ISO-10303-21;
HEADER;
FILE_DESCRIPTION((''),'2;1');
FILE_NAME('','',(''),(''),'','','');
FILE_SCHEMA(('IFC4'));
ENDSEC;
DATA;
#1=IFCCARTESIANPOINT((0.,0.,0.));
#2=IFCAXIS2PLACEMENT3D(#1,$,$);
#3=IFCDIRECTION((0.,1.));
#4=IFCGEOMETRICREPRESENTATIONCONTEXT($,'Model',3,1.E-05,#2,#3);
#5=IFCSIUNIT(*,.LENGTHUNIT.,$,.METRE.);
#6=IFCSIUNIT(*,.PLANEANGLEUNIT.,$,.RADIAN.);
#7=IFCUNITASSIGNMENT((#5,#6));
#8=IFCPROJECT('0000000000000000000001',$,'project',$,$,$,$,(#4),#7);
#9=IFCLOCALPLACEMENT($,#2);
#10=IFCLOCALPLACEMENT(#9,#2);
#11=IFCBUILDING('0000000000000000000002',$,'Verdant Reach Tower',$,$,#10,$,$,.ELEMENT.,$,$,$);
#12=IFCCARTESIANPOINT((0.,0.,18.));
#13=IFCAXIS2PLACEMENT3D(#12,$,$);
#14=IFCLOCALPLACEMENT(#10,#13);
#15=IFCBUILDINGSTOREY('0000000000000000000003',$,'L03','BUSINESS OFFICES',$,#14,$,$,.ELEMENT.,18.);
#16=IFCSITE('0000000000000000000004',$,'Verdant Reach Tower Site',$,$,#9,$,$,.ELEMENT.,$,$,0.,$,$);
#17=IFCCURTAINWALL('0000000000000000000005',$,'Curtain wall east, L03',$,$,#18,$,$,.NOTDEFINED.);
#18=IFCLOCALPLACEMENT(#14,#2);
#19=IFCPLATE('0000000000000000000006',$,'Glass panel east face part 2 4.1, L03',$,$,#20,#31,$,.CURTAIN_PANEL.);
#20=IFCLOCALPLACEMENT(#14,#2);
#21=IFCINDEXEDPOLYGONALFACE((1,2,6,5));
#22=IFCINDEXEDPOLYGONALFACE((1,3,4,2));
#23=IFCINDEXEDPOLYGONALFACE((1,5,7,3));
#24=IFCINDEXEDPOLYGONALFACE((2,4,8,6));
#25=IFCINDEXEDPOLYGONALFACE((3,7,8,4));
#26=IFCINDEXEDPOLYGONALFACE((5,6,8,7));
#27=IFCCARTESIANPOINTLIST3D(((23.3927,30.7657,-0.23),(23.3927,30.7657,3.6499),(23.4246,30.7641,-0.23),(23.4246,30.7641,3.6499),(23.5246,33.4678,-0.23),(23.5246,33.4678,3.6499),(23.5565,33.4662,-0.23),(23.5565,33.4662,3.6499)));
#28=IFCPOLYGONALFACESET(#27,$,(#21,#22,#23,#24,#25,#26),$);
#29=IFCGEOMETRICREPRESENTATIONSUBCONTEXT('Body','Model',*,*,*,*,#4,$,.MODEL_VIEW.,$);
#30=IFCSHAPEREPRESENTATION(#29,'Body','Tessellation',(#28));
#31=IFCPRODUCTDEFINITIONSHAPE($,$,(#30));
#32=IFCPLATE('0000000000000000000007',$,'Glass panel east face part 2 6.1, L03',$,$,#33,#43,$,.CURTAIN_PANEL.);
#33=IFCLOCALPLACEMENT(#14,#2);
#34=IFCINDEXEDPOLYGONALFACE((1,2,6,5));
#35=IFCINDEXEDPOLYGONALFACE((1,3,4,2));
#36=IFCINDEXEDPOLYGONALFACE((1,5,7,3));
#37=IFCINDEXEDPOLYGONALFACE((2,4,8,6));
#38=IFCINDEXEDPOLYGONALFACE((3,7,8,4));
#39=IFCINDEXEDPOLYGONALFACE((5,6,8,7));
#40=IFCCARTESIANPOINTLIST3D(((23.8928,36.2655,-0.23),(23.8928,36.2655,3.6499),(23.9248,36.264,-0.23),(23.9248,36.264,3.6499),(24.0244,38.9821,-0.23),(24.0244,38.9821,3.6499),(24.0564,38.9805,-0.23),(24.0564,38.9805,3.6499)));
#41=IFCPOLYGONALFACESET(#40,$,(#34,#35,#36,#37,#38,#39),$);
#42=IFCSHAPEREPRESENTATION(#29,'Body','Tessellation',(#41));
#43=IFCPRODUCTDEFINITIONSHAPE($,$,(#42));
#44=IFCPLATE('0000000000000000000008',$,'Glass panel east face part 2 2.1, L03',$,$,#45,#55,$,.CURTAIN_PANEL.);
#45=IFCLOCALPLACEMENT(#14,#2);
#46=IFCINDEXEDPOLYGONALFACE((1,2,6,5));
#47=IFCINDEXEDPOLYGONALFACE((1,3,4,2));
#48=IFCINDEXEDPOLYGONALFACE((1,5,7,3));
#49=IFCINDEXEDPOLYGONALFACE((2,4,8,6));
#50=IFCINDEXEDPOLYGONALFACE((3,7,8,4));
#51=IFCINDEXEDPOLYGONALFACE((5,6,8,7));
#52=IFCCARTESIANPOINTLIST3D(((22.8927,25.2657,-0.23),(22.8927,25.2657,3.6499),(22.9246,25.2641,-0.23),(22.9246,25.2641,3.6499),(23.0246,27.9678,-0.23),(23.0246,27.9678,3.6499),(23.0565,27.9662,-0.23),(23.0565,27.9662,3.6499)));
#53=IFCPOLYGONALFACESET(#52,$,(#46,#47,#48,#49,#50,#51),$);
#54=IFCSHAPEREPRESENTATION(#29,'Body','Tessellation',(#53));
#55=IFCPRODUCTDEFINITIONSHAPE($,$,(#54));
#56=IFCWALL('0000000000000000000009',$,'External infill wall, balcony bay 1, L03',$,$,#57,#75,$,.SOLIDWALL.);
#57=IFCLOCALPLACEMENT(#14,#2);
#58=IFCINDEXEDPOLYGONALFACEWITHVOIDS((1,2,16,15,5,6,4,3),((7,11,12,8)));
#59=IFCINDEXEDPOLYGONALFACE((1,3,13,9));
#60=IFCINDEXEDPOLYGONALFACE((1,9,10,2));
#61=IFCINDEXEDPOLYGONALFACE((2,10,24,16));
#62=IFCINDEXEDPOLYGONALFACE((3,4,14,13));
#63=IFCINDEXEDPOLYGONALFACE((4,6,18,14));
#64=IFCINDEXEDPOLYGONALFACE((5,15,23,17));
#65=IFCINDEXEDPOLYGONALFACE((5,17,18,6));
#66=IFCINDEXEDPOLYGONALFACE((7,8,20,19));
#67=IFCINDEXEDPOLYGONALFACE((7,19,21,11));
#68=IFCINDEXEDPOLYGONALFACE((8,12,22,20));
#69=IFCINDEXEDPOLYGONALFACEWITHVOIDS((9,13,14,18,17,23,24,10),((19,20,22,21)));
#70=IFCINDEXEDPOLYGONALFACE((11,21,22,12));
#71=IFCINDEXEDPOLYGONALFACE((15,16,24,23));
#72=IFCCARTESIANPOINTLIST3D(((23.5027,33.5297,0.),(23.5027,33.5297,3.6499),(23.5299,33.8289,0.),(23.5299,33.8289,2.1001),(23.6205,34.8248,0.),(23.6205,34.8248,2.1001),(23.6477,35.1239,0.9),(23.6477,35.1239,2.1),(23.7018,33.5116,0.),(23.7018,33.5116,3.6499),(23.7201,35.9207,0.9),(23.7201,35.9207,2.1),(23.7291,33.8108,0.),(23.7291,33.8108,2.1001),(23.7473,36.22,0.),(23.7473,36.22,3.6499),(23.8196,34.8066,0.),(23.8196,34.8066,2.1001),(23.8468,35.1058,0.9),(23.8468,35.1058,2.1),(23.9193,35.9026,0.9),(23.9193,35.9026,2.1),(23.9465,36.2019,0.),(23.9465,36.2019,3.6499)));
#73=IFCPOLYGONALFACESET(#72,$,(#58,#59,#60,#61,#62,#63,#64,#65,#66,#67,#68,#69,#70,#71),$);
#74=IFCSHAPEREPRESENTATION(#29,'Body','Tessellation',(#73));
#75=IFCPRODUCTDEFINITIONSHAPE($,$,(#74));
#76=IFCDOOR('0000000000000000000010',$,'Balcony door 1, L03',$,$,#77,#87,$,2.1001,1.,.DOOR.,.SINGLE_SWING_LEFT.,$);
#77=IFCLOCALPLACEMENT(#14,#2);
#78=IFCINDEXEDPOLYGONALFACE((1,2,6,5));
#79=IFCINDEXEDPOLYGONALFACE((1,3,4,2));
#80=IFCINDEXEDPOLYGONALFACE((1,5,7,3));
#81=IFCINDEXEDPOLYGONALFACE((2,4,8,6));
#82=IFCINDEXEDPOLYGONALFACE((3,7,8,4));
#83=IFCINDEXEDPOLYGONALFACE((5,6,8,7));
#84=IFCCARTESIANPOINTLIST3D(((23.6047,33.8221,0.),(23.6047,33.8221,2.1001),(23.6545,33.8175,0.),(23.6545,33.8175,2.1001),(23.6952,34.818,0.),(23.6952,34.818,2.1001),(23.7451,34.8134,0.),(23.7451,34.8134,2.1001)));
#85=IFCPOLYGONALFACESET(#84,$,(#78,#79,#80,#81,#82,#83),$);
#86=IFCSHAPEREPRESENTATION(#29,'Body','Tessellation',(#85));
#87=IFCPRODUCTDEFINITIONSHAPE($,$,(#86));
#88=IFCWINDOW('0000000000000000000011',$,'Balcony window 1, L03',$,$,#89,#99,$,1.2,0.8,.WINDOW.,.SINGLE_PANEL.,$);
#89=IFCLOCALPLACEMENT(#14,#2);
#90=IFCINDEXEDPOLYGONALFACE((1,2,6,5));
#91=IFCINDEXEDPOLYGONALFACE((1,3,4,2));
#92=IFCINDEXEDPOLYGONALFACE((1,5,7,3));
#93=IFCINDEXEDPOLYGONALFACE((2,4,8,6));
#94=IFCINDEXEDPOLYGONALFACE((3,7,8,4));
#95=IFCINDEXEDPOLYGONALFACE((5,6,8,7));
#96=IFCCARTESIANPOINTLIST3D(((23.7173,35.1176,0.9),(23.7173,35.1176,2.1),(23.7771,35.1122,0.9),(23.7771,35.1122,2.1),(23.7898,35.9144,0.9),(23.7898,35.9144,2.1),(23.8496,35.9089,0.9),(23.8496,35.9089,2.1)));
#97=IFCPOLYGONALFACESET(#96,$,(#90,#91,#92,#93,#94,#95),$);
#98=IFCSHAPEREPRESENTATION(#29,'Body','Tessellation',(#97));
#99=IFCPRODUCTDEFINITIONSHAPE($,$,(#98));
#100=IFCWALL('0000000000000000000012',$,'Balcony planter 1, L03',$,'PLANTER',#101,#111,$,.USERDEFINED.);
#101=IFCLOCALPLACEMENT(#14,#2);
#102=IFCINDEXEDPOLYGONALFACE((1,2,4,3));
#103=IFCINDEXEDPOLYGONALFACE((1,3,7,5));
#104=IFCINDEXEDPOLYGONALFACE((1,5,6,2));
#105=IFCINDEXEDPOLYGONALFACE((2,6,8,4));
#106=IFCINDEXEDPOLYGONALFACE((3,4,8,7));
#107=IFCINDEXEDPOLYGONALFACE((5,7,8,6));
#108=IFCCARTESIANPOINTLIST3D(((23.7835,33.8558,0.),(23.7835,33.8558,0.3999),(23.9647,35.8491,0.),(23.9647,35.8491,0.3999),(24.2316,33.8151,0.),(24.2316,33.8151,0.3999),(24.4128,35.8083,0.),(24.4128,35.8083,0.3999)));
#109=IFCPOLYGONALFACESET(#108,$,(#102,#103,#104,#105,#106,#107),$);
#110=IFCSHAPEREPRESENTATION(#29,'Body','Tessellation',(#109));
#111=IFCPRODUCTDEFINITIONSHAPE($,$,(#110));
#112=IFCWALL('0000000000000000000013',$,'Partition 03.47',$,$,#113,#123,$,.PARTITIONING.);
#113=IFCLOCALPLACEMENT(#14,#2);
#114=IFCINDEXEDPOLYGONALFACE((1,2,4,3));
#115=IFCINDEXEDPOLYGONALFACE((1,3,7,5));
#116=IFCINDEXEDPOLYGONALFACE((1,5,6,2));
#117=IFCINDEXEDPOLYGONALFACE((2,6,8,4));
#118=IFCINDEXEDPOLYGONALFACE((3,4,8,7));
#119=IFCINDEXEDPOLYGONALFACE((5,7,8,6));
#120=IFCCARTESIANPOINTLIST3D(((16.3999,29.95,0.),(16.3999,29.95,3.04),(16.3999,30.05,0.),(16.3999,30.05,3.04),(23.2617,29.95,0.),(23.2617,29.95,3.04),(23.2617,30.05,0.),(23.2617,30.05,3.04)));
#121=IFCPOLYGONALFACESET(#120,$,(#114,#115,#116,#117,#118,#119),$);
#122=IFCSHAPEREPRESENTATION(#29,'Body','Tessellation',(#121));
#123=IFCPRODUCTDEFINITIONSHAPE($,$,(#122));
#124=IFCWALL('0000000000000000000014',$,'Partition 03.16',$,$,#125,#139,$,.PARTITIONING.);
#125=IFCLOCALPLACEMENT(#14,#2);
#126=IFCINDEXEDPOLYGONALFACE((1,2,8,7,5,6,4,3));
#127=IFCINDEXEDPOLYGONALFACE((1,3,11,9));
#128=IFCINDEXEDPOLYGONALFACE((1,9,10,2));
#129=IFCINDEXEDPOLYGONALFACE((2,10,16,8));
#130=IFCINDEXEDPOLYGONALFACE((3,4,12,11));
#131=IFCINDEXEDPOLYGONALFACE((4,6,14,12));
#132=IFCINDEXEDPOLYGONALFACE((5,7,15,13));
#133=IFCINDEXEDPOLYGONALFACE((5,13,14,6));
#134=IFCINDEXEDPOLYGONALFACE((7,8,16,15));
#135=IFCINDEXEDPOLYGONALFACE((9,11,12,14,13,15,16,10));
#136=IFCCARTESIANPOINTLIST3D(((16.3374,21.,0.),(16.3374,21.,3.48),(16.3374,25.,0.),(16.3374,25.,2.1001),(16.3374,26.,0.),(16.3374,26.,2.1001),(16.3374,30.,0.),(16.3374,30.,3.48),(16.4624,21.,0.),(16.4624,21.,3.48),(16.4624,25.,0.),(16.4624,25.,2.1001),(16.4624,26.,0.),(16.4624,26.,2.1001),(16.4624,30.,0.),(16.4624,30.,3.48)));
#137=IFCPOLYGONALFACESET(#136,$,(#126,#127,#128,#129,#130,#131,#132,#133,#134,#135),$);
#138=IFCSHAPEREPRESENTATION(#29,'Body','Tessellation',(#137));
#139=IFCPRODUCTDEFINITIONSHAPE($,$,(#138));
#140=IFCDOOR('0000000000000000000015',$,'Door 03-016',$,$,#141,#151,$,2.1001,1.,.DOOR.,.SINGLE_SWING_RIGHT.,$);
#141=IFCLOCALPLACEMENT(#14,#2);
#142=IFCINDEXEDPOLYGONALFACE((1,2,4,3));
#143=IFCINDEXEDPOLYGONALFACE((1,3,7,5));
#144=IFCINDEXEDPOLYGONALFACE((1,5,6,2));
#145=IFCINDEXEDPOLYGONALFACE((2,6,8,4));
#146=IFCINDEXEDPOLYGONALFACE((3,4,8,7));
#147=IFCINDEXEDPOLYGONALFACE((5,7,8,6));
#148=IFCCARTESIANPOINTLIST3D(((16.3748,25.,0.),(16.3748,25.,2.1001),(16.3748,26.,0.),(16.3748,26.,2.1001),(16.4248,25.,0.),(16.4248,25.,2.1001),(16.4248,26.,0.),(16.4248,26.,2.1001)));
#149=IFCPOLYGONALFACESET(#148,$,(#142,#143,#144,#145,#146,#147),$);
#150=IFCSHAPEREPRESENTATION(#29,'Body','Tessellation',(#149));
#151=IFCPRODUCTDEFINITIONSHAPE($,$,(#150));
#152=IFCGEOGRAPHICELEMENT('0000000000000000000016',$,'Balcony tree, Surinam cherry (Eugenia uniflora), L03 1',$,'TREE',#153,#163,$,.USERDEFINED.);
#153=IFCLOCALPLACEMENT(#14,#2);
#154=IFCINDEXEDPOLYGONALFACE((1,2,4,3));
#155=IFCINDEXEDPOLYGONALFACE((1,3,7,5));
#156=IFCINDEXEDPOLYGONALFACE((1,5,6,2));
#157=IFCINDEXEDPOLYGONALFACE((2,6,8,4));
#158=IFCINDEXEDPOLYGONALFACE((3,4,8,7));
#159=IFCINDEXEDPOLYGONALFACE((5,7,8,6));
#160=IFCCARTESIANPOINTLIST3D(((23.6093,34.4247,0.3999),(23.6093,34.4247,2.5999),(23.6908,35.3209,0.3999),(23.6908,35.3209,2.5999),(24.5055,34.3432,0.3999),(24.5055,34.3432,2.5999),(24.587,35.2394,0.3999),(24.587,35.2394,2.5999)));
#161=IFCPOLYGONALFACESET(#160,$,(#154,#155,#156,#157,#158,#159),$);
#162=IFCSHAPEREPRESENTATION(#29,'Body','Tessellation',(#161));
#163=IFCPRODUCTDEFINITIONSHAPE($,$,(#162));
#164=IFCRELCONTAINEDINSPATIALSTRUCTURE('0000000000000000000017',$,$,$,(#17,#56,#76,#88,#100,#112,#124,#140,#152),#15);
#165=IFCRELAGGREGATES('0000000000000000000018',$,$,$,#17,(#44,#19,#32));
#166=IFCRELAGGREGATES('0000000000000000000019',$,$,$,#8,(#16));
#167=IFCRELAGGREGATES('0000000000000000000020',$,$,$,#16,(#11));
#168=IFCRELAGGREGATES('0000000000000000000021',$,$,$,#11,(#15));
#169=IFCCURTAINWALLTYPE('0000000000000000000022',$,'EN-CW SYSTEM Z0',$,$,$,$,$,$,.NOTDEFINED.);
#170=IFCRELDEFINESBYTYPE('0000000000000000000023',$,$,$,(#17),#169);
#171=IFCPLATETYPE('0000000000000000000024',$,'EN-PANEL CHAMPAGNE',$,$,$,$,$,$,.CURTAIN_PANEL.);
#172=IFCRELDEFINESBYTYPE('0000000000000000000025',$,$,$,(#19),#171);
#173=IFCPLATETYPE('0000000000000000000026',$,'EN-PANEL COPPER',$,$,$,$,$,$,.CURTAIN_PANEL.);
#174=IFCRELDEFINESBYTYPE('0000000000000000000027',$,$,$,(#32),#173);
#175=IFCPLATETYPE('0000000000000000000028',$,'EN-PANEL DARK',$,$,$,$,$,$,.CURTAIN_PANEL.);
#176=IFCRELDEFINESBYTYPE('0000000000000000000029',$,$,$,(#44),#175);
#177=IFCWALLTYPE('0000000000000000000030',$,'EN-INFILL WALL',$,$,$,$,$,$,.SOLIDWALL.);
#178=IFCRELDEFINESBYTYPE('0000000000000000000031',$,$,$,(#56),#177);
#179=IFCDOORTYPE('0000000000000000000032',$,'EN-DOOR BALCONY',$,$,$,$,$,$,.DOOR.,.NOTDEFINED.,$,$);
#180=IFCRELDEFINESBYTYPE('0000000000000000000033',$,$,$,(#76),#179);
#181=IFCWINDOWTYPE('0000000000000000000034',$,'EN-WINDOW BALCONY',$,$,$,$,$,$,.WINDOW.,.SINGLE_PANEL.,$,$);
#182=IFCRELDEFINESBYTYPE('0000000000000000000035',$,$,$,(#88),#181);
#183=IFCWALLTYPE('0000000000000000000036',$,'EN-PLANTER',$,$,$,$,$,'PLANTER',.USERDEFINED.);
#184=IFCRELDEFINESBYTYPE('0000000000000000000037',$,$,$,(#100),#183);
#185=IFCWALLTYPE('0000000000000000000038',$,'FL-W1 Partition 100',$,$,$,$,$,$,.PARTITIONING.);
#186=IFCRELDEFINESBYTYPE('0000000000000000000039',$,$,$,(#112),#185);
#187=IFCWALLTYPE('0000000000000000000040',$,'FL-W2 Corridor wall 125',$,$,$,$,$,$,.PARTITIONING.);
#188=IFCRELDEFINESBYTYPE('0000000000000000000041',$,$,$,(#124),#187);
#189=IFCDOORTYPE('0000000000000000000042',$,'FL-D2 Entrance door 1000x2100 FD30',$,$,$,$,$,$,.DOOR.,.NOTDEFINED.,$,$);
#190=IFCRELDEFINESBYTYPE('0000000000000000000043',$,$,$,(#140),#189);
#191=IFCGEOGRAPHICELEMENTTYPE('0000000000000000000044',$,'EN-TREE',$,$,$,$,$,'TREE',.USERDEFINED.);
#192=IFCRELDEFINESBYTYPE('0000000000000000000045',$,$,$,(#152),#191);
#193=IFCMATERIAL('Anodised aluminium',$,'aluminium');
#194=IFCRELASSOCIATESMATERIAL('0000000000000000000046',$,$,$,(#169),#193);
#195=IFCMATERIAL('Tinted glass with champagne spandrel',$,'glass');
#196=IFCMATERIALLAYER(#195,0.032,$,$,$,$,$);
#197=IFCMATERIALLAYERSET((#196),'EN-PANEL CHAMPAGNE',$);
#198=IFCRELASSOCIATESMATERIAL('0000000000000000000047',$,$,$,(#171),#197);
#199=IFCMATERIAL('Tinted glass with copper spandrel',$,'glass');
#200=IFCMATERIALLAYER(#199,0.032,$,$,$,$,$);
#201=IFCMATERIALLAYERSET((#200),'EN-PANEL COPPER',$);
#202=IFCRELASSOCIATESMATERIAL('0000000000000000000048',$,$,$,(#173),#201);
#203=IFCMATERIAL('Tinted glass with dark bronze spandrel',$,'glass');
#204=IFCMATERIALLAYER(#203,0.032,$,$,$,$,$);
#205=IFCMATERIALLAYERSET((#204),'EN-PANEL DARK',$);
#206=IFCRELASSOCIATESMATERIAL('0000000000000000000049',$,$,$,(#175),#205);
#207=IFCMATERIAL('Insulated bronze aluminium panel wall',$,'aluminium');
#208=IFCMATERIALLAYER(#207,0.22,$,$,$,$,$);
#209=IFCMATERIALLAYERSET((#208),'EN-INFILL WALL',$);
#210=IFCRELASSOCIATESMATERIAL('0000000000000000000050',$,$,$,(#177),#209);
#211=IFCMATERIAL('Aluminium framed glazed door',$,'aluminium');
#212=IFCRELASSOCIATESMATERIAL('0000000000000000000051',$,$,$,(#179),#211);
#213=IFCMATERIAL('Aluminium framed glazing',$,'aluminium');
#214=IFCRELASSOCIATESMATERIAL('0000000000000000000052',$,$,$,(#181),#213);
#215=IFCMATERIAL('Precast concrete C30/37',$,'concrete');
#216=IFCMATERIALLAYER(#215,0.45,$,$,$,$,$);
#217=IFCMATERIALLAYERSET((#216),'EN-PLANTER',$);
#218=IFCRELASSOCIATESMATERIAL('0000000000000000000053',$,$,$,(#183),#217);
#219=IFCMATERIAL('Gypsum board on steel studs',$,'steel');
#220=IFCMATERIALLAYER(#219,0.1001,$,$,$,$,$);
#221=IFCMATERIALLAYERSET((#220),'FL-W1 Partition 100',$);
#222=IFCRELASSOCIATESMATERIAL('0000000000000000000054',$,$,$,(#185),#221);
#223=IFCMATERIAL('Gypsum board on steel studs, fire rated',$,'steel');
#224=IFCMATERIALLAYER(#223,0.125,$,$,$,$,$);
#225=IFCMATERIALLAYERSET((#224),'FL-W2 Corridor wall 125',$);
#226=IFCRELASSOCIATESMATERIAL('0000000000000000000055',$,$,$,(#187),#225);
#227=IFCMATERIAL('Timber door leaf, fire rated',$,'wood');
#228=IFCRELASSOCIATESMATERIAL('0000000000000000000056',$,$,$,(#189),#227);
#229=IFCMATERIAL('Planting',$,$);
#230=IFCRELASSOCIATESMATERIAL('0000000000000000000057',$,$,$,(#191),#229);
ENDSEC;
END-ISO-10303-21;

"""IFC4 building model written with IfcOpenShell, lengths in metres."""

from ifc_helpers import new_model, si_unit, direction, frame, frame_2d, origin, origin_2d, place, context, subcontext, project, spatial, rectangle, extrude, material, layer, layer_set, type_object, element, fill, aggregate, save


model = new_model("IFC4")

# Units and contexts
model_context = context("Model", 3, precision=1e-05, world=origin(), true_north=direction((0.0, 1.0)))
body_context = subcontext(model_context, "Body", "Model", "MODEL_VIEW")
ifc_project = project(units=[si_unit("LENGTHUNIT", "METRE"), si_unit("PLANEANGLEUNIT", "RADIAN")], contexts=[model_context])

# Site, building, storey
site_placement = place(None, origin())
site = spatial("IfcSite", under=ifc_project, at=site_placement, Name="Verdant Reach Tower Site", CompositionType="ELEMENT", RefElevation=0.0)
building_placement = place(site_placement, origin())
building = spatial("IfcBuilding", under=site, at=building_placement, Name="Verdant Reach Tower", CompositionType="ELEMENT")
storey_placement = place(building_placement, frame((0.0, 0.0, 18.0)))
storey = spatial("IfcBuildingStorey", under=building, at=storey_placement, Name="L03", Description="BUSINESS OFFICES", CompositionType="ELEMENT", Elevation=18.0)

# Curtain wall
ifc_material_1 = material(Name="Anodised aluminium", Category="aluminium")
curtain_wall_type = type_object("IfcCurtainWallType", Name="EN-CW SYSTEM Z0", PredefinedType="NOTDEFINED", material=ifc_material_1)
curtain_wall_placement = place(storey_placement, origin())
curtain_wall = element("IfcCurtainWall", 1, at=curtain_wall_placement, inside=storey, type_object=curtain_wall_type, Name="Curtain wall east, L03", PredefinedType="NOTDEFINED")

# Plates
ifc_material_2 = material(Name="Tinted glass with champagne spandrel", Category="glass")
ifc_layer_1 = layer(ifc_material_2, 0.032)
ifc_layer_set_1 = layer_set([ifc_layer_1], Name="EN-PANEL CHAMPAGNE")
plate_type_1 = type_object("IfcPlateType", Name="EN-PANEL CHAMPAGNE", PredefinedType="CURTAIN_PANEL", material=ifc_layer_set_1)
plate_1_placement = place(storey_placement, frame((23.4746, 32.116, -0.23), z_axis=(0.0, 0.0, 1.0), x_axis=(0.048753, 0.998811, 0.0)))
plate_1 = element("IfcPlate", 2, at=plate_1_placement, type_object=plate_type_1, Name="Glass panel east face part 2 4.1, L03", PredefinedType="CURTAIN_PANEL", context=body_context, shape_type="SweptSolid", body=[
    extrude(rectangle(XDim=2.7053, YDim=0.032, at=origin_2d()), origin(), (0.0, 0.0, 1.0), 3.8799),
])
ifc_material_3 = material(Name="Tinted glass with copper spandrel", Category="glass")
ifc_layer_2 = layer(ifc_material_3, 0.032)
ifc_layer_set_2 = layer_set([ifc_layer_2], Name="EN-PANEL COPPER")
plate_type_2 = type_object("IfcPlateType", Name="EN-PANEL COPPER", PredefinedType="CURTAIN_PANEL", material=ifc_layer_set_2)
plate_2_placement = place(storey_placement, frame((23.9746, 37.623, -0.23), z_axis=(0.0, 0.0, 1.0), x_axis=(0.048383, 0.998829, 0.0)))
plate_2 = element("IfcPlate", 3, at=plate_2_placement, type_object=plate_type_2, Name="Glass panel east face part 2 6.1, L03", PredefinedType="CURTAIN_PANEL", context=body_context, shape_type="SweptSolid", body=[
    extrude(rectangle(XDim=2.7197, YDim=0.032, at=origin_2d()), origin(), (0.0, 0.0, 1.0), 3.8799),
])
ifc_material_4 = material(Name="Tinted glass with dark bronze spandrel", Category="glass")
ifc_layer_3 = layer(ifc_material_4, 0.032)
ifc_layer_set_3 = layer_set([ifc_layer_3], Name="EN-PANEL DARK")
plate_type_3 = type_object("IfcPlateType", Name="EN-PANEL DARK", PredefinedType="CURTAIN_PANEL", material=ifc_layer_set_3)
plate_3_placement = place(storey_placement, frame((22.9746, 26.616, -0.23), z_axis=(0.0, 0.0, 1.0), x_axis=(0.048753, 0.998811, 0.0)))
plate_3 = element("IfcPlate", 4, at=plate_3_placement, type_object=plate_type_3, Name="Glass panel east face part 2 2.1, L03", PredefinedType="CURTAIN_PANEL", context=body_context, shape_type="SweptSolid", body=[
    extrude(rectangle(XDim=2.7053, YDim=0.032, at=origin_2d()), origin(), (0.0, 0.0, 1.0), 3.8799),
])
aggregate(curtain_wall, [plate_3, plate_1, plate_2])

# Wall, openings, door, window
ifc_material_5 = material(Name="Insulated bronze aluminium panel wall", Category="aluminium")
ifc_layer_4 = layer(ifc_material_5, 0.22)
ifc_layer_set_4 = layer_set([ifc_layer_4], Name="EN-INFILL WALL")
wall_type_1 = type_object("IfcWallType", Name="EN-INFILL WALL", PredefinedType="SOLIDWALL", material=ifc_layer_set_4)
wall_1_placement = place(storey_placement, frame((23.6023, 33.5208, 0.0), z_axis=(0.0, 0.0, 1.0), x_axis=(0.090552, 0.995892, 0.0)))
wall_1 = element("IfcWall", 5, at=wall_1_placement, inside=storey, type_object=wall_type_1, Name="External infill wall, balcony bay 1, L03", PredefinedType="SOLIDWALL", context=body_context, shape_type="SweptSolid", body=[
    extrude(rectangle(XDim=2.7014, YDim=0.2, at=frame_2d((1.3506, 0.0))), origin(), (0.0, 0.0, 1.0), 3.6499),
])
opening_1_placement = place(wall_1_placement, frame((0.3003, 0.0, 0.0)))
opening_1 = element("IfcOpeningElement", 6, at=opening_1_placement, cuts=wall_1, PredefinedType="OPENING", context=body_context, shape_type="SweptSolid", body=[
    extrude(rectangle(XDim=1.0, YDim=2.1001, at=frame_2d((0.5, 1.05))), frame((0.0, 0.1099, 0.0), z_axis=(0.0, -1.0, 0.0), x_axis=(1.0, 0.0, 0.0)), (0.0, 0.0, 1.0), 0.22),
])
opening_2_placement = place(wall_1_placement, frame((1.6008, 0.0, 0.8999)))
opening_2 = element("IfcOpeningElement", 7, at=opening_2_placement, cuts=wall_1, PredefinedType="OPENING", context=body_context, shape_type="SweptSolid", body=[
    extrude(rectangle(XDim=0.8, YDim=1.2, at=frame_2d((0.3999, 0.6001))), frame((0.0, 0.1099, 0.0), z_axis=(0.0, -1.0, 0.0), x_axis=(1.0, 0.0, 0.0)), (0.0, 0.0, 1.0), 0.22),
])
ifc_material_6 = material(Name="Aluminium framed glazed door", Category="aluminium")
door_type_1 = type_object("IfcDoorType", Name="EN-DOOR BALCONY", OperationType="NOTDEFINED", PredefinedType="DOOR", material=ifc_material_6)
door_1_placement = place(opening_1_placement, origin())
door_1 = element("IfcDoor", 8, at=door_1_placement, inside=storey, type_object=door_type_1, Name="Balcony door 1, L03", OperationType="SINGLE_SWING_LEFT", OverallHeight=2.1001, OverallWidth=1.0, PredefinedType="DOOR", context=body_context, shape_type="SweptSolid", body=[
    extrude(rectangle(XDim=1.0, YDim=2.1001, at=frame_2d((0.5, 1.05))), frame((0.0, 0.0249, 0.0), z_axis=(0.0, -1.0, 0.0), x_axis=(1.0, 0.0, 0.0)), (0.0, 0.0, 1.0), 0.05),
])
fill(opening_1, door_1)
ifc_material_7 = material(Name="Aluminium framed glazing", Category="aluminium")
window_type = type_object("IfcWindowType", Name="EN-WINDOW BALCONY", PartitioningType="SINGLE_PANEL", PredefinedType="WINDOW", material=ifc_material_7)
window_placement = place(opening_2_placement, origin())
window = element("IfcWindow", 9, at=window_placement, inside=storey, type_object=window_type, Name="Balcony window 1, L03", OverallHeight=1.2, OverallWidth=0.8, PartitioningType="SINGLE_PANEL", PredefinedType="WINDOW", context=body_context, shape_type="SweptSolid", body=[
    extrude(rectangle(XDim=0.8, YDim=1.2, at=frame_2d((0.3999, 0.6001))), frame((0.0, 0.03, 0.0), z_axis=(0.0, -1.0, 0.0), x_axis=(1.0, 0.0, 0.0)), (0.0, 0.0, 1.0), 0.0601),
])
fill(opening_2, window)

# Walls
ifc_material_8 = material(Name="Precast concrete C30/37", Category="concrete")
ifc_layer_5 = layer(ifc_material_8, 0.45)
ifc_layer_set_5 = layer_set([ifc_layer_5], Name="EN-PLANTER")
wall_type_2 = type_object("IfcWallType", Name="EN-PLANTER", ElementType="PLANTER", PredefinedType="USERDEFINED", material=ifc_layer_set_5)
wall_2_placement = place(storey_placement, frame((24.0076, 33.8354, 0.0), z_axis=(0.0, 0.0, 1.0), x_axis=(0.090514, 0.995895, 0.0)))
element("IfcWall", 10, at=wall_2_placement, inside=storey, type_object=wall_type_2, Name="Balcony planter 1, L03", ObjectType="PLANTER", PredefinedType="USERDEFINED", context=body_context, shape_type="SweptSolid", body=[
    extrude(rectangle(XDim=2.0015, YDim=0.45, at=frame_2d((1.0007, 0.0))), origin(), (0.0, 0.0, 1.0), 0.3999),
])
ifc_material_9 = material(Name="Gypsum board on steel studs", Category="steel")
ifc_layer_6 = layer(ifc_material_9, 0.1001)
ifc_layer_set_6 = layer_set([ifc_layer_6], Name="FL-W1 Partition 100")
wall_type_3 = type_object("IfcWallType", Name="FL-W1 Partition 100", PredefinedType="PARTITIONING", material=ifc_layer_set_6)
wall_3_placement = place(storey_placement, frame((23.2617, 30.0, 0.0), z_axis=(0.0, 0.0, 1.0), x_axis=(-1.0, 0.0, 0.0)))
element("IfcWall", 11, at=wall_3_placement, inside=storey, type_object=wall_type_3, Name="Partition 03.47", PredefinedType="PARTITIONING", context=body_context, shape_type="SweptSolid", body=[
    extrude(rectangle(XDim=6.8618, YDim=0.1001, at=frame_2d((3.4309, 0.0))), origin(), (0.0, 0.0, 1.0), 3.04),
])

# Wall, opening, door
ifc_material_10 = material(Name="Gypsum board on steel studs, fire rated", Category="steel")
ifc_layer_7 = layer(ifc_material_10, 0.125)
ifc_layer_set_7 = layer_set([ifc_layer_7], Name="FL-W2 Corridor wall 125")
wall_type_4 = type_object("IfcWallType", Name="FL-W2 Corridor wall 125", PredefinedType="PARTITIONING", material=ifc_layer_set_7)
wall_4_placement = place(storey_placement, frame((16.3999, 30.0, 0.0), z_axis=(0.0, 0.0, 1.0), x_axis=(0.0, -1.0, 0.0)))
wall_4 = element("IfcWall", 12, at=wall_4_placement, inside=storey, type_object=wall_type_4, Name="Partition 03.16", PredefinedType="PARTITIONING", context=body_context, shape_type="SweptSolid", body=[
    extrude(rectangle(XDim=9.0, YDim=0.125, at=frame_2d((4.5, 0.0))), origin(), (0.0, 0.0, 1.0), 3.48),
])
opening_3_placement = place(wall_4_placement, frame((4.0, 0.0, 0.0)))
opening_3 = element("IfcOpeningElement", 13, at=opening_3_placement, cuts=wall_4, PredefinedType="OPENING", context=body_context, shape_type="SweptSolid", body=[
    extrude(rectangle(XDim=1.0, YDim=2.1001, at=frame_2d((0.5, 1.05))), frame((0.0, 0.0725, 0.0), z_axis=(0.0, -1.0, 0.0), x_axis=(1.0, 0.0, 0.0)), (0.0, 0.0, 1.0), 0.145),
])
ifc_material_11 = material(Name="Timber door leaf, fire rated", Category="wood")
door_type_2 = type_object("IfcDoorType", Name="FL-D2 Entrance door 1000x2100 FD30", OperationType="NOTDEFINED", PredefinedType="DOOR", material=ifc_material_11)
door_2_placement = place(opening_3_placement, origin())
door_2 = element("IfcDoor", 14, at=door_2_placement, inside=storey, type_object=door_type_2, Name="Door 03-016", OperationType="SINGLE_SWING_RIGHT", OverallHeight=2.1001, OverallWidth=1.0, PredefinedType="DOOR", context=body_context, shape_type="SweptSolid", body=[
    extrude(rectangle(XDim=1.0, YDim=2.1001, at=frame_2d((0.5, 1.05))), frame((0.0, 0.0249, 0.0), z_axis=(0.0, -1.0, 0.0), x_axis=(1.0, 0.0, 0.0)), (0.0, 0.0, 1.0), 0.05),
])
fill(opening_3, door_2)

# Geographic element
ifc_material_12 = material(Name="Planting")
geographic_element_type = type_object("IfcGeographicElementType", Name="EN-TREE", ElementType="TREE", PredefinedType="USERDEFINED", material=ifc_material_12)
geographic_element_placement = place(storey_placement, frame((24.0981, 34.832, 0.3999), z_axis=(0.0, 0.0, 1.0), x_axis=(0.090536, 0.995893, 0.0)))
element("IfcGeographicElement", 15, at=geographic_element_placement, inside=storey, type_object=geographic_element_type, Name="Balcony tree, Surinam cherry (Eugenia uniflora), L03 1", ObjectType="TREE", PredefinedType="USERDEFINED", context=body_context, shape_type="SweptSolid", body=[
    extrude(rectangle(XDim=0.8999, YDim=0.8999, at=origin_2d()), origin(), (0.0, 0.0, 1.0), 2.2),
])

save(model, "model.ifc")
